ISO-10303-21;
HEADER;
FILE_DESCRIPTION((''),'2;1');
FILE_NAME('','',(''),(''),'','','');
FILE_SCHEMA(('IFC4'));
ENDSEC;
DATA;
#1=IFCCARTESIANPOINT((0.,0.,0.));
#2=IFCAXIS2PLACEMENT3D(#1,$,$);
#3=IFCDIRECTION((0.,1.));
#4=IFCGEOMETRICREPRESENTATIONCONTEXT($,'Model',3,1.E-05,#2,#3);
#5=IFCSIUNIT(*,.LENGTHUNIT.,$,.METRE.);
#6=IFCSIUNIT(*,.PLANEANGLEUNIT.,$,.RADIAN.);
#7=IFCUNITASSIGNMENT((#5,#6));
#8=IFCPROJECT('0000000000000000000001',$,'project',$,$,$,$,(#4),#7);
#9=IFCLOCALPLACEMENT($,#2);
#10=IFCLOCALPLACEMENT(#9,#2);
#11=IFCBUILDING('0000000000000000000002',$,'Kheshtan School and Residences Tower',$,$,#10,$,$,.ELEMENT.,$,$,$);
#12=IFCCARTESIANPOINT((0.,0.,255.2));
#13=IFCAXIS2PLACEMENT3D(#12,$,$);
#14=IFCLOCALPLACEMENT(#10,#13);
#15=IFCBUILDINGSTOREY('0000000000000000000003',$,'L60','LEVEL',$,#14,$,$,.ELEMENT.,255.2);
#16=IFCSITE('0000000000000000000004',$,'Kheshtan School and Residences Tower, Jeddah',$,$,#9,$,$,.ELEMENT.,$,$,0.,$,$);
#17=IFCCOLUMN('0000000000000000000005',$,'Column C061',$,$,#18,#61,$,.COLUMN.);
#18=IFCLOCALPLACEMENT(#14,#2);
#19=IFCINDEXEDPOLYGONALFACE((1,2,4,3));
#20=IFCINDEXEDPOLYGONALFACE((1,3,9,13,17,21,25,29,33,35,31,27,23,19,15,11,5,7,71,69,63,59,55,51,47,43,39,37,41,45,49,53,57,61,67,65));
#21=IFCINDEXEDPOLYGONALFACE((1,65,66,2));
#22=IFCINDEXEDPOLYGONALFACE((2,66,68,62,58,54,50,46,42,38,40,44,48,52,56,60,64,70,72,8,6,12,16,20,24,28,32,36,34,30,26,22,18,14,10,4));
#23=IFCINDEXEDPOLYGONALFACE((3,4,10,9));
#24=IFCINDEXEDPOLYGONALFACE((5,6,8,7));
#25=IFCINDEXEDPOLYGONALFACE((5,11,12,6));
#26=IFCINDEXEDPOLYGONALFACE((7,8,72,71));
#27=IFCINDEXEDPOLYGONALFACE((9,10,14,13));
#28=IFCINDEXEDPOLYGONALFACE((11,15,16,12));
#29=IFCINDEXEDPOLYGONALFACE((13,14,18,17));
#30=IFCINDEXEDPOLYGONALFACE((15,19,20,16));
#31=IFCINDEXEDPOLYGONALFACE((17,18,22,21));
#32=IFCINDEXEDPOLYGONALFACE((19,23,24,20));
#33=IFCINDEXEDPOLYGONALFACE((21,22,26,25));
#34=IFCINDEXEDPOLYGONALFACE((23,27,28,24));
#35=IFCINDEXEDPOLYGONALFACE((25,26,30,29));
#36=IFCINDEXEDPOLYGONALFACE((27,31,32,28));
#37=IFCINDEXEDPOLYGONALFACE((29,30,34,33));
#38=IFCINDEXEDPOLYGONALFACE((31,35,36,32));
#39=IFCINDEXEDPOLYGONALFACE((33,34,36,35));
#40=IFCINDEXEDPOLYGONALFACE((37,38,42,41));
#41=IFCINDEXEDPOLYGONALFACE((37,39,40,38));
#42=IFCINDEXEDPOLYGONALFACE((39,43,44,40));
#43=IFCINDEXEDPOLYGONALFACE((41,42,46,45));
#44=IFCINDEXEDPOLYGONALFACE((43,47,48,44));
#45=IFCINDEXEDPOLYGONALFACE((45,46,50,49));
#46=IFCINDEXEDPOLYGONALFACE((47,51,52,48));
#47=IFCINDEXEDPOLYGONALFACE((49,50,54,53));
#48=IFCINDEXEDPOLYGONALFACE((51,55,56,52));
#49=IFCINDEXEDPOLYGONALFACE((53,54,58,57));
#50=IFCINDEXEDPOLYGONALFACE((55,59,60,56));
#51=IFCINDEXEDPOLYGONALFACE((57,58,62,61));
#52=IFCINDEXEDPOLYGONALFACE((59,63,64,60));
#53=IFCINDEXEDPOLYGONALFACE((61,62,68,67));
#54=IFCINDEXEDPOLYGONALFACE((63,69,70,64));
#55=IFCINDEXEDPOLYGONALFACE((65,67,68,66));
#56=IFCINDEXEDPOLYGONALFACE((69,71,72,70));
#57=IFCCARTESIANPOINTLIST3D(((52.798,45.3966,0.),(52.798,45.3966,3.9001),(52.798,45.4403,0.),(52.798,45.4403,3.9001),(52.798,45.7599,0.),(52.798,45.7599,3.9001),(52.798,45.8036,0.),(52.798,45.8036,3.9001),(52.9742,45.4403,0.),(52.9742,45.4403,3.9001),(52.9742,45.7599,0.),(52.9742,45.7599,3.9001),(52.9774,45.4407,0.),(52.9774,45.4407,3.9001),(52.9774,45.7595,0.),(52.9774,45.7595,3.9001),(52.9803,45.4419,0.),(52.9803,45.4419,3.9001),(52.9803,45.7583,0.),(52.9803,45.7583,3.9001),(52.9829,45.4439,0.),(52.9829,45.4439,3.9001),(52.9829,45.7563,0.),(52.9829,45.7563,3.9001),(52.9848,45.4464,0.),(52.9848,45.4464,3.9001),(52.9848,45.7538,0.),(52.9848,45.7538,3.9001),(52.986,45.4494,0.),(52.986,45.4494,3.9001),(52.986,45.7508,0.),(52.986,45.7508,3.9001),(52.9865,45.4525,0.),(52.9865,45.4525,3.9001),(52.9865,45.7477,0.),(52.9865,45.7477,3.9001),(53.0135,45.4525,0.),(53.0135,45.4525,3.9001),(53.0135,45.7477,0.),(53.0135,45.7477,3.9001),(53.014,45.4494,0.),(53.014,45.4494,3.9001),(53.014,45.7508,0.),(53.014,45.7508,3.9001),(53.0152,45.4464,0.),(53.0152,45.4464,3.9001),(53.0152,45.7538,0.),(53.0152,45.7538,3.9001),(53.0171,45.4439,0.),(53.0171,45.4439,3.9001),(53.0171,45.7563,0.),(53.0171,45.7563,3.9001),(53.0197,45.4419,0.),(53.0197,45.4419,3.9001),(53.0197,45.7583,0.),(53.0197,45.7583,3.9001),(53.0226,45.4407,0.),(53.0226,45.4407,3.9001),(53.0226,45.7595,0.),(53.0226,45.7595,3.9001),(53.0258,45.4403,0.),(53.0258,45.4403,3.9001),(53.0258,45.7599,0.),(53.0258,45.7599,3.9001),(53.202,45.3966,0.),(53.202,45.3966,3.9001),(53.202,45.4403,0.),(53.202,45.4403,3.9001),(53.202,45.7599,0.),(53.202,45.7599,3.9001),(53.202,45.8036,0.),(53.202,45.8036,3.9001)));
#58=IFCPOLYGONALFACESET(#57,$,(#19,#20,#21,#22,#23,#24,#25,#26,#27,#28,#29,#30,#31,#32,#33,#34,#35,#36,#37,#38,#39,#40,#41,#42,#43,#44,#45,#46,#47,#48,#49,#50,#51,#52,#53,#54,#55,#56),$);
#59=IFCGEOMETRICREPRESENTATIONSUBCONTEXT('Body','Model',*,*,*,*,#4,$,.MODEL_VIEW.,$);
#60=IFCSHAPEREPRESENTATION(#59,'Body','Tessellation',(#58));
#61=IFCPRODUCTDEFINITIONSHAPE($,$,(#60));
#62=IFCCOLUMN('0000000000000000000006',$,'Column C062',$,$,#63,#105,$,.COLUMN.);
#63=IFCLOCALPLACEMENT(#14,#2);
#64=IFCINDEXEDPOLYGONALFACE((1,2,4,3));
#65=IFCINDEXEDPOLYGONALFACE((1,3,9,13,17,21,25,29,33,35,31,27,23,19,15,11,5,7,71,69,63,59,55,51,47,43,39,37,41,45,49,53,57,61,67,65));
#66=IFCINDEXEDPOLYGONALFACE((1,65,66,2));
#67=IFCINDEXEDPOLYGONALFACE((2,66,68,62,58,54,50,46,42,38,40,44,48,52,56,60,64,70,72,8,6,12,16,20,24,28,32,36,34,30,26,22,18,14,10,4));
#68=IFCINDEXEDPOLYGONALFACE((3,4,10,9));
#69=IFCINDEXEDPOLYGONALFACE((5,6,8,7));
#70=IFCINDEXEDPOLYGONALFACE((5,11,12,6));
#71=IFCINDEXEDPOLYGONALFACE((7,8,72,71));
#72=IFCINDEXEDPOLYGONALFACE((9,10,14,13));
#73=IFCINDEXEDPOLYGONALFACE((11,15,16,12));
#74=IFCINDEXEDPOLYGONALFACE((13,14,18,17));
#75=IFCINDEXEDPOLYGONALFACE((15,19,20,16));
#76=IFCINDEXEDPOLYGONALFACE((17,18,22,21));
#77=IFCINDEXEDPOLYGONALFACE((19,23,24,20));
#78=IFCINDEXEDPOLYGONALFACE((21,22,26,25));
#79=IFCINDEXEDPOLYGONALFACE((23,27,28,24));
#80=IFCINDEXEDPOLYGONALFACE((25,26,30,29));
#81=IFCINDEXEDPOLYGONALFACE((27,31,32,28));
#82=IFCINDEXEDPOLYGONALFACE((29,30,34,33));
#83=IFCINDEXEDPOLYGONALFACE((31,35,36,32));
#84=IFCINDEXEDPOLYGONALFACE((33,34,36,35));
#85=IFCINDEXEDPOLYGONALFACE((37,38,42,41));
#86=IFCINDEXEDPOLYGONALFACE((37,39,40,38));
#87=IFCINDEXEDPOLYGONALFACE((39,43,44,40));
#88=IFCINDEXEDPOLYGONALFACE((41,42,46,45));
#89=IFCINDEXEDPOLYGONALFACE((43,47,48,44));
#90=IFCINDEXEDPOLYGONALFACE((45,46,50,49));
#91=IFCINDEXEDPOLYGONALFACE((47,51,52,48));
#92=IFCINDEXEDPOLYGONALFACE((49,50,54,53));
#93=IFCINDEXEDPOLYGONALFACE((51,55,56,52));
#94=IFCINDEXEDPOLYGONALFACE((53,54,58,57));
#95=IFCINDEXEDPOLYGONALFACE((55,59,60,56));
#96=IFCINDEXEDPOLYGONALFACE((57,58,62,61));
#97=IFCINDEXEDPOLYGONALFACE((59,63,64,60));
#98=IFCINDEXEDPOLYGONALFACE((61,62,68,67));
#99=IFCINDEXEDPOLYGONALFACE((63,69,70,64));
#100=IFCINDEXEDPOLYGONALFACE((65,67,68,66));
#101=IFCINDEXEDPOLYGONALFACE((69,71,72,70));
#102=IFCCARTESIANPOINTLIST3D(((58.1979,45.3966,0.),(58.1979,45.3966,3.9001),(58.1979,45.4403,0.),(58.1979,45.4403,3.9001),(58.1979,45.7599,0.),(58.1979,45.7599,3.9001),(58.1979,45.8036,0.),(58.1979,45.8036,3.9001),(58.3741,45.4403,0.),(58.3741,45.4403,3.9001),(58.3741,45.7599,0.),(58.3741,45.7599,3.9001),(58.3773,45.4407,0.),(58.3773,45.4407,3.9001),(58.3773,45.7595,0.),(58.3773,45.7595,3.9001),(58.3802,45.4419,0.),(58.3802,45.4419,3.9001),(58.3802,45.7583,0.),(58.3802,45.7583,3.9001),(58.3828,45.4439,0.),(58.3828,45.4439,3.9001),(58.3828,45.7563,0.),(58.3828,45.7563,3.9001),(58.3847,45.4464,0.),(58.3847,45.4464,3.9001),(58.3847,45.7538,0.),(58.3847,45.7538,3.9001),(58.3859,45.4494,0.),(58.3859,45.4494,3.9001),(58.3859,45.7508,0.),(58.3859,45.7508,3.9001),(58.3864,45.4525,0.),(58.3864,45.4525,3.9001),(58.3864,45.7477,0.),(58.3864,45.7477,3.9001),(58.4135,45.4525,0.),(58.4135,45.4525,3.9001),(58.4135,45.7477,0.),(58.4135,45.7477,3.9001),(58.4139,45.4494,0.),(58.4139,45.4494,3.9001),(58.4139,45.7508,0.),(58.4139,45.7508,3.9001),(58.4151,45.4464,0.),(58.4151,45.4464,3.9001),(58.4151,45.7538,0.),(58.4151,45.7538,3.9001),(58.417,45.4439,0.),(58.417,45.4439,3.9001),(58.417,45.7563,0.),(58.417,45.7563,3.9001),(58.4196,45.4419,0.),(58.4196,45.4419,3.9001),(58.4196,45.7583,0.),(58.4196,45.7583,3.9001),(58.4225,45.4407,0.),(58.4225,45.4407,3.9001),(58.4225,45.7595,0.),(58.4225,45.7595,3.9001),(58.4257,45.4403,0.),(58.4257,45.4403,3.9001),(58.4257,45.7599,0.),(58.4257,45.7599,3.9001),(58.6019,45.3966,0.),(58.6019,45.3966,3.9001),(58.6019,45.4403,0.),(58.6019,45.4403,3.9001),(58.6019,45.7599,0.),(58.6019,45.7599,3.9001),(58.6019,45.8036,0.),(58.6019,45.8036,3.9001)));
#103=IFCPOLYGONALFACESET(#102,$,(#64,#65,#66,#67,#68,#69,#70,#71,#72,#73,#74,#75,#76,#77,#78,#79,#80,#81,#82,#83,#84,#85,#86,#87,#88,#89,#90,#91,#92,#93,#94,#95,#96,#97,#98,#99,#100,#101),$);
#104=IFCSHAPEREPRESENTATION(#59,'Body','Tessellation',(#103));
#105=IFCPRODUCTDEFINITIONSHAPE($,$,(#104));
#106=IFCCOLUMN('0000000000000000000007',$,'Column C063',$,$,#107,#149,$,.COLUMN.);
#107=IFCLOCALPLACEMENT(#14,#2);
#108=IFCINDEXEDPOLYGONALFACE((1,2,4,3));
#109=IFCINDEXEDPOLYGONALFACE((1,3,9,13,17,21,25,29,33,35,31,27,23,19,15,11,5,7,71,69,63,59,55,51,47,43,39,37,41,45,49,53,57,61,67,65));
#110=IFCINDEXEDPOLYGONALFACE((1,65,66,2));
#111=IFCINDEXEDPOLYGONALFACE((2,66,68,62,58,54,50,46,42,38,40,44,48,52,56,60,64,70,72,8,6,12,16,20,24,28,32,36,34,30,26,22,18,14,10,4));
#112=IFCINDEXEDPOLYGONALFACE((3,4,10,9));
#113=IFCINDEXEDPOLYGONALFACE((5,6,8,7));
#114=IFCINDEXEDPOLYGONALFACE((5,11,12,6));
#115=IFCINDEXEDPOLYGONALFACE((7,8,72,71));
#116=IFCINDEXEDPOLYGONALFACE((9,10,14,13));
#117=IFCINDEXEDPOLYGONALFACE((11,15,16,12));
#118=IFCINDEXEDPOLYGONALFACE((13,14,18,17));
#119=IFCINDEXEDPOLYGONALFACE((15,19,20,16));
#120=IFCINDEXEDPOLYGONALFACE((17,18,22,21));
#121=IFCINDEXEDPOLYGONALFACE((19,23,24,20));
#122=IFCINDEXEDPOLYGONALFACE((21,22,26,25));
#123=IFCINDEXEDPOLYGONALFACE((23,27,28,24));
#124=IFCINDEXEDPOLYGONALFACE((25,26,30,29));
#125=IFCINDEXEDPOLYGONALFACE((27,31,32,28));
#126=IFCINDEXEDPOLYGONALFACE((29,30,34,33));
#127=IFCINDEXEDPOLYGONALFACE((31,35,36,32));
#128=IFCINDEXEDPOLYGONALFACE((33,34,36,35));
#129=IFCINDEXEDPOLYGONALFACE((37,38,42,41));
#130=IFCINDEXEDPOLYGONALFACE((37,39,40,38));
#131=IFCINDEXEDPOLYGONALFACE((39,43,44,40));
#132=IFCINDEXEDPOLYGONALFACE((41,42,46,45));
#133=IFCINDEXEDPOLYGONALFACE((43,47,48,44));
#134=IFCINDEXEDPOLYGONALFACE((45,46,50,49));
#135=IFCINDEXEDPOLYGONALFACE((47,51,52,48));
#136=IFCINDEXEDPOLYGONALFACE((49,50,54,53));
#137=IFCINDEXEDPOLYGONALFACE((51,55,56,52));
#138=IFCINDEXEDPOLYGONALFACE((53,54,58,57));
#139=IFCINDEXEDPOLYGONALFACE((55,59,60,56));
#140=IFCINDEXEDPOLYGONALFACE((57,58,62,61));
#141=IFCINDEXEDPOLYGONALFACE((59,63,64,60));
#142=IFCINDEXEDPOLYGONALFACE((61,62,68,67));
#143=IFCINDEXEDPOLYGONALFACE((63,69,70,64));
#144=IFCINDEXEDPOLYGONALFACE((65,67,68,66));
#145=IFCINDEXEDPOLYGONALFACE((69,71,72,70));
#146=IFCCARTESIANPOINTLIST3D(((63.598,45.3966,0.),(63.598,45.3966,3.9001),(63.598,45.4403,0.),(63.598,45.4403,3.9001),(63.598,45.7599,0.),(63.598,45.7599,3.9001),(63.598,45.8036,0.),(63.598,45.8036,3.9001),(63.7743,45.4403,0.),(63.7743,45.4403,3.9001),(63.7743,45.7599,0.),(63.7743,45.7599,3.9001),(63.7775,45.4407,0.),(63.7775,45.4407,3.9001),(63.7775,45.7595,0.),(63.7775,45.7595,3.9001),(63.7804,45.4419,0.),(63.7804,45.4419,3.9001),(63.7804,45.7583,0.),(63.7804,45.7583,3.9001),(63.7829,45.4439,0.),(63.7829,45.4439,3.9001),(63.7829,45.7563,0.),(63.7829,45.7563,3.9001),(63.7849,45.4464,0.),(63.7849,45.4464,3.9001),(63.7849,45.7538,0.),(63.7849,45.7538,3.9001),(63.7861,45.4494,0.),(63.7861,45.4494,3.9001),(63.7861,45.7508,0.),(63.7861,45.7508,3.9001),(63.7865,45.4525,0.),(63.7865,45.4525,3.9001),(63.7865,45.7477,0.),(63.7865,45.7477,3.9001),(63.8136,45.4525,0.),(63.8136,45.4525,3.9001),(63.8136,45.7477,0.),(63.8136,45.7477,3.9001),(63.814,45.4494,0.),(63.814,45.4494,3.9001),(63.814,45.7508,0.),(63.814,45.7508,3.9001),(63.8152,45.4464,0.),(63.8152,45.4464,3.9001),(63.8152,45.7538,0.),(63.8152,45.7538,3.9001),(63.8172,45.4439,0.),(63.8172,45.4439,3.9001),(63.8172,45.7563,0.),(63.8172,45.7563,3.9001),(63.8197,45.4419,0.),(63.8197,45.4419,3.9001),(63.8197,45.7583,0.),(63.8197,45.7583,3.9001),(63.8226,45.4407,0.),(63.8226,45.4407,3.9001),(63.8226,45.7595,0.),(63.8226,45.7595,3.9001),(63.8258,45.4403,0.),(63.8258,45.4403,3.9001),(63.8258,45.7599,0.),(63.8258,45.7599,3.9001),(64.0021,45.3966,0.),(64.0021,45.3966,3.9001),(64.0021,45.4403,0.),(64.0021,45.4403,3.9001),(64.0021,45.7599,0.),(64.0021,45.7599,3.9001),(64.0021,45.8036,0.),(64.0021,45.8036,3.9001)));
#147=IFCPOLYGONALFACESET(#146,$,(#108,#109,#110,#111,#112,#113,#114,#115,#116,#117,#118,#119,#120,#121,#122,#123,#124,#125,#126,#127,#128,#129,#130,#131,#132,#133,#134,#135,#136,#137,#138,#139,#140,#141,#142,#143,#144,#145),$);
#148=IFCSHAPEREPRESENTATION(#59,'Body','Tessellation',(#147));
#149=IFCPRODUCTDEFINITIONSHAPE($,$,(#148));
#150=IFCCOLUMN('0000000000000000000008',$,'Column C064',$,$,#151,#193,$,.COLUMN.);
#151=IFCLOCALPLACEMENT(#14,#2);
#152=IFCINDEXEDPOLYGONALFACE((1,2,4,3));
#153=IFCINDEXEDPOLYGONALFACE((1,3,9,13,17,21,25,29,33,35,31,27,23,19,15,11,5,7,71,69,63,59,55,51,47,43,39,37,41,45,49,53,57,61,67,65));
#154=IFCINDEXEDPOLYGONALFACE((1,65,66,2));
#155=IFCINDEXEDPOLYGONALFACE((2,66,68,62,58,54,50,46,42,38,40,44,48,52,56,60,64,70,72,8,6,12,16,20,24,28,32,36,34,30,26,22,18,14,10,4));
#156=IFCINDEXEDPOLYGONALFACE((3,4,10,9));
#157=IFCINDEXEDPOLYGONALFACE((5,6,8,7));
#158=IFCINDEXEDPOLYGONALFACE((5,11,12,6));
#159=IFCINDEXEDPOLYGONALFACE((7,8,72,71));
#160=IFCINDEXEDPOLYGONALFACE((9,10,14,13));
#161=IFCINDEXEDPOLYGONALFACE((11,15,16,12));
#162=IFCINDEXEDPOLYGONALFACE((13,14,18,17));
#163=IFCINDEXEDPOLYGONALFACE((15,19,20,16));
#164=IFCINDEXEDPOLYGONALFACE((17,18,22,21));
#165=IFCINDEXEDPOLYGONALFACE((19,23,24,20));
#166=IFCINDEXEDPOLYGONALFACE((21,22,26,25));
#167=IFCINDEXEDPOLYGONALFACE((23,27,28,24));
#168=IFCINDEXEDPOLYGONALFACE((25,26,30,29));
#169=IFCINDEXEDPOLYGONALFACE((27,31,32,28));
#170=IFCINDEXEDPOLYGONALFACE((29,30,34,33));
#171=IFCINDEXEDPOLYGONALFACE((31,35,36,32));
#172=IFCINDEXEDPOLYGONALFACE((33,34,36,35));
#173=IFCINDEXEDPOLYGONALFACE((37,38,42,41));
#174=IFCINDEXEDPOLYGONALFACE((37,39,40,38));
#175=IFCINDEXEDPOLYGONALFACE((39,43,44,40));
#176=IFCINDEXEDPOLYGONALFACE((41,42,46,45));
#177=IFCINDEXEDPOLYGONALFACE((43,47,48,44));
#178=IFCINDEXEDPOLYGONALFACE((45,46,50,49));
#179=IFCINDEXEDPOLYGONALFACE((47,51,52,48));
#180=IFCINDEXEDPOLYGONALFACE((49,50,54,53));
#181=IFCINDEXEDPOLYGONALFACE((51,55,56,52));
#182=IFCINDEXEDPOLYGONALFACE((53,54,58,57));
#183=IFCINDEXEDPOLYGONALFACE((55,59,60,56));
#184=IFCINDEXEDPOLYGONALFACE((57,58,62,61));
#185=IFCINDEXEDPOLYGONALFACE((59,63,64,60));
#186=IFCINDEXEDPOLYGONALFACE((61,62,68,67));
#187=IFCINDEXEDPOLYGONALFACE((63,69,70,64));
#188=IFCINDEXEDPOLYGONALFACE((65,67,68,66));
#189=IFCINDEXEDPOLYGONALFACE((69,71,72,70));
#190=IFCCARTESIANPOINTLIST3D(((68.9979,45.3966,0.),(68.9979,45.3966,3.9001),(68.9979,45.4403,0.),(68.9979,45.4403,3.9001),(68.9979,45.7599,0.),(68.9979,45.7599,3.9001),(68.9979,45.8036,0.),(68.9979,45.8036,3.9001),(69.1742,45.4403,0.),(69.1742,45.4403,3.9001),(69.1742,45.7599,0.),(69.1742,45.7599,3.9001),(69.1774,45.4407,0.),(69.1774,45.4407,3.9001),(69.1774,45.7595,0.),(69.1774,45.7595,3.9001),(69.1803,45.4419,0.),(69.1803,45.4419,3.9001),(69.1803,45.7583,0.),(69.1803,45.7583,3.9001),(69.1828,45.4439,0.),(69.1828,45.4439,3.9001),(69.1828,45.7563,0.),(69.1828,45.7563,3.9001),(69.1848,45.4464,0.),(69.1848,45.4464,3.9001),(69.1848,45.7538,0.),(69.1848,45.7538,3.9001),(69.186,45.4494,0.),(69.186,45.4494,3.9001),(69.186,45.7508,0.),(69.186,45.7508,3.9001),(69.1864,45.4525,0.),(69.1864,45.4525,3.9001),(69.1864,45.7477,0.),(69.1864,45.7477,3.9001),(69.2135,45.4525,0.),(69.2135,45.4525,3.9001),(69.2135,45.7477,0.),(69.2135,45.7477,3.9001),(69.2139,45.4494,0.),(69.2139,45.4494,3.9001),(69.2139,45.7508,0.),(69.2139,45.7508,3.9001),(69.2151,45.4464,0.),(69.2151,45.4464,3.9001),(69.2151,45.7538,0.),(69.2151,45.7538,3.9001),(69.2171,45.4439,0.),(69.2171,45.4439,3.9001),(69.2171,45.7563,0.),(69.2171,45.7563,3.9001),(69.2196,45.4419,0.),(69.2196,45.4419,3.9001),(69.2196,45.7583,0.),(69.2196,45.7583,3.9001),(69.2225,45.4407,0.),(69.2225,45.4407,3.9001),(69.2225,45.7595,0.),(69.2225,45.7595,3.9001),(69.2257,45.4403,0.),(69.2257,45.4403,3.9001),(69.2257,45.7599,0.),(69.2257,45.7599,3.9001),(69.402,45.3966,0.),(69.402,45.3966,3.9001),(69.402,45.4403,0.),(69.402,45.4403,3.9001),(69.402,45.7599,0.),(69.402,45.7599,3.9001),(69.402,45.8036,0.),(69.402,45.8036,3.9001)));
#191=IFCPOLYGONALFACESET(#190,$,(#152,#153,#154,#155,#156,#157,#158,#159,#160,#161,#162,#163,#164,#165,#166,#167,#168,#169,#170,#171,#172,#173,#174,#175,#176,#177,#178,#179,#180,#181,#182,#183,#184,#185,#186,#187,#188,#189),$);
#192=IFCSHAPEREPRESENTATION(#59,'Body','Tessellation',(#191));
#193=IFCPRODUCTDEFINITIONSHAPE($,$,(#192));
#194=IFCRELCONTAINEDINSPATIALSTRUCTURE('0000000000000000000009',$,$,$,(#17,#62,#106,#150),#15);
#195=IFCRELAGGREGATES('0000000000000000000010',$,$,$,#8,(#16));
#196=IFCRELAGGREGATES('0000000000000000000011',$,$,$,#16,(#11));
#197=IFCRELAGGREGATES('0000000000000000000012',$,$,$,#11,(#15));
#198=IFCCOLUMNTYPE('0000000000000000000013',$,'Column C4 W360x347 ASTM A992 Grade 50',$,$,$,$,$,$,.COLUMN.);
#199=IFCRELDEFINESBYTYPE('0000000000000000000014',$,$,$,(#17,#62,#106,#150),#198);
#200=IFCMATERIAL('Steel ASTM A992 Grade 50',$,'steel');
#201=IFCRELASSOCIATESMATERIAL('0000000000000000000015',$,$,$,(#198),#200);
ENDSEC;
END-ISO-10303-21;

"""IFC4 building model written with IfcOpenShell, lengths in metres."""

from ifc_helpers import new_model, si_unit, direction, frame, origin, origin_2d, place, context, subcontext, project, spatial, i_section, extrude, material, material_profile, profile_set, type_object, element, save


model = new_model("IFC4")

# Units and contexts
model_context = context("Model", 3, precision=1e-05, world=origin(), true_north=direction((0.0, 1.0)))
body_context = subcontext(model_context, "Body", "Model", "MODEL_VIEW")
ifc_project = project(units=[si_unit("LENGTHUNIT", "METRE"), si_unit("PLANEANGLEUNIT", "RADIAN")], contexts=[model_context])

# Site, building, storey
site_placement = place(None, origin())
site = spatial("IfcSite", under=ifc_project, at=site_placement, Name="Kheshtan School and Residences Tower, Jeddah", CompositionType="ELEMENT", RefElevation=0.0)
building_placement = place(site_placement, origin())
building = spatial("IfcBuilding", under=site, at=building_placement, Name="Kheshtan School and Residences Tower", CompositionType="ELEMENT")
storey_placement = place(building_placement, frame((0.0, 0.0, 255.2)))
storey = spatial("IfcBuildingStorey", under=building, at=storey_placement, Name="L60", Description="LEVEL", CompositionType="ELEMENT", Elevation=255.2)

# Columns
ifc_material_1 = material(Name="Steel ASTM A992 Grade 50", Category="steel")
ifc_material_profile_1 = material_profile(ifc_material_1, i_section(OverallWidth=0.4041, OverallDepth=0.407, WebThickness=0.0271, FlangeThickness=0.0437, FilletRadius=0.0122, at=origin_2d()), Name="W360x347")
ifc_profile_set_1 = profile_set([ifc_material_profile_1], Name="Steel ASTM A992 Grade 50")
column_type = type_object("IfcColumnType", Name="Column C4 W360x347 ASTM A992 Grade 50", PredefinedType="COLUMN", material=ifc_profile_set_1)
for number, where, z_axis, x_axis, name in (
    (1, (53.0, 45.6001, 0.0), (0.0, 0.0, 1.0), (1.0, 0.0, 0.0), "Column C061"),
    (2, (58.3999, 45.6001, 0.0), (0.0, 0.0, 1.0), (1.0, 0.0, 0.0), "Column C062"),
    (3, (63.8, 45.6001, 0.0), (0.0, 0.0, 1.0), (1.0, 0.0, 0.0), "Column C063"),
    (4, (69.2, 45.6001, 0.0), (0.0, 0.0, 1.0), (1.0, 0.0, 0.0), "Column C064"),
):
    element("IfcColumn", number, at=place(storey_placement, frame(where, z_axis=z_axis, x_axis=x_axis)), inside=storey, type_object=column_type, Name=name, PredefinedType="COLUMN", context=body_context, shape_type="SweptSolid", body=[
        extrude(i_section(OverallWidth=0.4041, OverallDepth=0.407, WebThickness=0.0271, FlangeThickness=0.0437, FilletRadius=0.0122, at=origin_2d()), origin(), (0.0, 0.0, 1.0), 3.9001),
    ])

save(model, "model.ifc")
